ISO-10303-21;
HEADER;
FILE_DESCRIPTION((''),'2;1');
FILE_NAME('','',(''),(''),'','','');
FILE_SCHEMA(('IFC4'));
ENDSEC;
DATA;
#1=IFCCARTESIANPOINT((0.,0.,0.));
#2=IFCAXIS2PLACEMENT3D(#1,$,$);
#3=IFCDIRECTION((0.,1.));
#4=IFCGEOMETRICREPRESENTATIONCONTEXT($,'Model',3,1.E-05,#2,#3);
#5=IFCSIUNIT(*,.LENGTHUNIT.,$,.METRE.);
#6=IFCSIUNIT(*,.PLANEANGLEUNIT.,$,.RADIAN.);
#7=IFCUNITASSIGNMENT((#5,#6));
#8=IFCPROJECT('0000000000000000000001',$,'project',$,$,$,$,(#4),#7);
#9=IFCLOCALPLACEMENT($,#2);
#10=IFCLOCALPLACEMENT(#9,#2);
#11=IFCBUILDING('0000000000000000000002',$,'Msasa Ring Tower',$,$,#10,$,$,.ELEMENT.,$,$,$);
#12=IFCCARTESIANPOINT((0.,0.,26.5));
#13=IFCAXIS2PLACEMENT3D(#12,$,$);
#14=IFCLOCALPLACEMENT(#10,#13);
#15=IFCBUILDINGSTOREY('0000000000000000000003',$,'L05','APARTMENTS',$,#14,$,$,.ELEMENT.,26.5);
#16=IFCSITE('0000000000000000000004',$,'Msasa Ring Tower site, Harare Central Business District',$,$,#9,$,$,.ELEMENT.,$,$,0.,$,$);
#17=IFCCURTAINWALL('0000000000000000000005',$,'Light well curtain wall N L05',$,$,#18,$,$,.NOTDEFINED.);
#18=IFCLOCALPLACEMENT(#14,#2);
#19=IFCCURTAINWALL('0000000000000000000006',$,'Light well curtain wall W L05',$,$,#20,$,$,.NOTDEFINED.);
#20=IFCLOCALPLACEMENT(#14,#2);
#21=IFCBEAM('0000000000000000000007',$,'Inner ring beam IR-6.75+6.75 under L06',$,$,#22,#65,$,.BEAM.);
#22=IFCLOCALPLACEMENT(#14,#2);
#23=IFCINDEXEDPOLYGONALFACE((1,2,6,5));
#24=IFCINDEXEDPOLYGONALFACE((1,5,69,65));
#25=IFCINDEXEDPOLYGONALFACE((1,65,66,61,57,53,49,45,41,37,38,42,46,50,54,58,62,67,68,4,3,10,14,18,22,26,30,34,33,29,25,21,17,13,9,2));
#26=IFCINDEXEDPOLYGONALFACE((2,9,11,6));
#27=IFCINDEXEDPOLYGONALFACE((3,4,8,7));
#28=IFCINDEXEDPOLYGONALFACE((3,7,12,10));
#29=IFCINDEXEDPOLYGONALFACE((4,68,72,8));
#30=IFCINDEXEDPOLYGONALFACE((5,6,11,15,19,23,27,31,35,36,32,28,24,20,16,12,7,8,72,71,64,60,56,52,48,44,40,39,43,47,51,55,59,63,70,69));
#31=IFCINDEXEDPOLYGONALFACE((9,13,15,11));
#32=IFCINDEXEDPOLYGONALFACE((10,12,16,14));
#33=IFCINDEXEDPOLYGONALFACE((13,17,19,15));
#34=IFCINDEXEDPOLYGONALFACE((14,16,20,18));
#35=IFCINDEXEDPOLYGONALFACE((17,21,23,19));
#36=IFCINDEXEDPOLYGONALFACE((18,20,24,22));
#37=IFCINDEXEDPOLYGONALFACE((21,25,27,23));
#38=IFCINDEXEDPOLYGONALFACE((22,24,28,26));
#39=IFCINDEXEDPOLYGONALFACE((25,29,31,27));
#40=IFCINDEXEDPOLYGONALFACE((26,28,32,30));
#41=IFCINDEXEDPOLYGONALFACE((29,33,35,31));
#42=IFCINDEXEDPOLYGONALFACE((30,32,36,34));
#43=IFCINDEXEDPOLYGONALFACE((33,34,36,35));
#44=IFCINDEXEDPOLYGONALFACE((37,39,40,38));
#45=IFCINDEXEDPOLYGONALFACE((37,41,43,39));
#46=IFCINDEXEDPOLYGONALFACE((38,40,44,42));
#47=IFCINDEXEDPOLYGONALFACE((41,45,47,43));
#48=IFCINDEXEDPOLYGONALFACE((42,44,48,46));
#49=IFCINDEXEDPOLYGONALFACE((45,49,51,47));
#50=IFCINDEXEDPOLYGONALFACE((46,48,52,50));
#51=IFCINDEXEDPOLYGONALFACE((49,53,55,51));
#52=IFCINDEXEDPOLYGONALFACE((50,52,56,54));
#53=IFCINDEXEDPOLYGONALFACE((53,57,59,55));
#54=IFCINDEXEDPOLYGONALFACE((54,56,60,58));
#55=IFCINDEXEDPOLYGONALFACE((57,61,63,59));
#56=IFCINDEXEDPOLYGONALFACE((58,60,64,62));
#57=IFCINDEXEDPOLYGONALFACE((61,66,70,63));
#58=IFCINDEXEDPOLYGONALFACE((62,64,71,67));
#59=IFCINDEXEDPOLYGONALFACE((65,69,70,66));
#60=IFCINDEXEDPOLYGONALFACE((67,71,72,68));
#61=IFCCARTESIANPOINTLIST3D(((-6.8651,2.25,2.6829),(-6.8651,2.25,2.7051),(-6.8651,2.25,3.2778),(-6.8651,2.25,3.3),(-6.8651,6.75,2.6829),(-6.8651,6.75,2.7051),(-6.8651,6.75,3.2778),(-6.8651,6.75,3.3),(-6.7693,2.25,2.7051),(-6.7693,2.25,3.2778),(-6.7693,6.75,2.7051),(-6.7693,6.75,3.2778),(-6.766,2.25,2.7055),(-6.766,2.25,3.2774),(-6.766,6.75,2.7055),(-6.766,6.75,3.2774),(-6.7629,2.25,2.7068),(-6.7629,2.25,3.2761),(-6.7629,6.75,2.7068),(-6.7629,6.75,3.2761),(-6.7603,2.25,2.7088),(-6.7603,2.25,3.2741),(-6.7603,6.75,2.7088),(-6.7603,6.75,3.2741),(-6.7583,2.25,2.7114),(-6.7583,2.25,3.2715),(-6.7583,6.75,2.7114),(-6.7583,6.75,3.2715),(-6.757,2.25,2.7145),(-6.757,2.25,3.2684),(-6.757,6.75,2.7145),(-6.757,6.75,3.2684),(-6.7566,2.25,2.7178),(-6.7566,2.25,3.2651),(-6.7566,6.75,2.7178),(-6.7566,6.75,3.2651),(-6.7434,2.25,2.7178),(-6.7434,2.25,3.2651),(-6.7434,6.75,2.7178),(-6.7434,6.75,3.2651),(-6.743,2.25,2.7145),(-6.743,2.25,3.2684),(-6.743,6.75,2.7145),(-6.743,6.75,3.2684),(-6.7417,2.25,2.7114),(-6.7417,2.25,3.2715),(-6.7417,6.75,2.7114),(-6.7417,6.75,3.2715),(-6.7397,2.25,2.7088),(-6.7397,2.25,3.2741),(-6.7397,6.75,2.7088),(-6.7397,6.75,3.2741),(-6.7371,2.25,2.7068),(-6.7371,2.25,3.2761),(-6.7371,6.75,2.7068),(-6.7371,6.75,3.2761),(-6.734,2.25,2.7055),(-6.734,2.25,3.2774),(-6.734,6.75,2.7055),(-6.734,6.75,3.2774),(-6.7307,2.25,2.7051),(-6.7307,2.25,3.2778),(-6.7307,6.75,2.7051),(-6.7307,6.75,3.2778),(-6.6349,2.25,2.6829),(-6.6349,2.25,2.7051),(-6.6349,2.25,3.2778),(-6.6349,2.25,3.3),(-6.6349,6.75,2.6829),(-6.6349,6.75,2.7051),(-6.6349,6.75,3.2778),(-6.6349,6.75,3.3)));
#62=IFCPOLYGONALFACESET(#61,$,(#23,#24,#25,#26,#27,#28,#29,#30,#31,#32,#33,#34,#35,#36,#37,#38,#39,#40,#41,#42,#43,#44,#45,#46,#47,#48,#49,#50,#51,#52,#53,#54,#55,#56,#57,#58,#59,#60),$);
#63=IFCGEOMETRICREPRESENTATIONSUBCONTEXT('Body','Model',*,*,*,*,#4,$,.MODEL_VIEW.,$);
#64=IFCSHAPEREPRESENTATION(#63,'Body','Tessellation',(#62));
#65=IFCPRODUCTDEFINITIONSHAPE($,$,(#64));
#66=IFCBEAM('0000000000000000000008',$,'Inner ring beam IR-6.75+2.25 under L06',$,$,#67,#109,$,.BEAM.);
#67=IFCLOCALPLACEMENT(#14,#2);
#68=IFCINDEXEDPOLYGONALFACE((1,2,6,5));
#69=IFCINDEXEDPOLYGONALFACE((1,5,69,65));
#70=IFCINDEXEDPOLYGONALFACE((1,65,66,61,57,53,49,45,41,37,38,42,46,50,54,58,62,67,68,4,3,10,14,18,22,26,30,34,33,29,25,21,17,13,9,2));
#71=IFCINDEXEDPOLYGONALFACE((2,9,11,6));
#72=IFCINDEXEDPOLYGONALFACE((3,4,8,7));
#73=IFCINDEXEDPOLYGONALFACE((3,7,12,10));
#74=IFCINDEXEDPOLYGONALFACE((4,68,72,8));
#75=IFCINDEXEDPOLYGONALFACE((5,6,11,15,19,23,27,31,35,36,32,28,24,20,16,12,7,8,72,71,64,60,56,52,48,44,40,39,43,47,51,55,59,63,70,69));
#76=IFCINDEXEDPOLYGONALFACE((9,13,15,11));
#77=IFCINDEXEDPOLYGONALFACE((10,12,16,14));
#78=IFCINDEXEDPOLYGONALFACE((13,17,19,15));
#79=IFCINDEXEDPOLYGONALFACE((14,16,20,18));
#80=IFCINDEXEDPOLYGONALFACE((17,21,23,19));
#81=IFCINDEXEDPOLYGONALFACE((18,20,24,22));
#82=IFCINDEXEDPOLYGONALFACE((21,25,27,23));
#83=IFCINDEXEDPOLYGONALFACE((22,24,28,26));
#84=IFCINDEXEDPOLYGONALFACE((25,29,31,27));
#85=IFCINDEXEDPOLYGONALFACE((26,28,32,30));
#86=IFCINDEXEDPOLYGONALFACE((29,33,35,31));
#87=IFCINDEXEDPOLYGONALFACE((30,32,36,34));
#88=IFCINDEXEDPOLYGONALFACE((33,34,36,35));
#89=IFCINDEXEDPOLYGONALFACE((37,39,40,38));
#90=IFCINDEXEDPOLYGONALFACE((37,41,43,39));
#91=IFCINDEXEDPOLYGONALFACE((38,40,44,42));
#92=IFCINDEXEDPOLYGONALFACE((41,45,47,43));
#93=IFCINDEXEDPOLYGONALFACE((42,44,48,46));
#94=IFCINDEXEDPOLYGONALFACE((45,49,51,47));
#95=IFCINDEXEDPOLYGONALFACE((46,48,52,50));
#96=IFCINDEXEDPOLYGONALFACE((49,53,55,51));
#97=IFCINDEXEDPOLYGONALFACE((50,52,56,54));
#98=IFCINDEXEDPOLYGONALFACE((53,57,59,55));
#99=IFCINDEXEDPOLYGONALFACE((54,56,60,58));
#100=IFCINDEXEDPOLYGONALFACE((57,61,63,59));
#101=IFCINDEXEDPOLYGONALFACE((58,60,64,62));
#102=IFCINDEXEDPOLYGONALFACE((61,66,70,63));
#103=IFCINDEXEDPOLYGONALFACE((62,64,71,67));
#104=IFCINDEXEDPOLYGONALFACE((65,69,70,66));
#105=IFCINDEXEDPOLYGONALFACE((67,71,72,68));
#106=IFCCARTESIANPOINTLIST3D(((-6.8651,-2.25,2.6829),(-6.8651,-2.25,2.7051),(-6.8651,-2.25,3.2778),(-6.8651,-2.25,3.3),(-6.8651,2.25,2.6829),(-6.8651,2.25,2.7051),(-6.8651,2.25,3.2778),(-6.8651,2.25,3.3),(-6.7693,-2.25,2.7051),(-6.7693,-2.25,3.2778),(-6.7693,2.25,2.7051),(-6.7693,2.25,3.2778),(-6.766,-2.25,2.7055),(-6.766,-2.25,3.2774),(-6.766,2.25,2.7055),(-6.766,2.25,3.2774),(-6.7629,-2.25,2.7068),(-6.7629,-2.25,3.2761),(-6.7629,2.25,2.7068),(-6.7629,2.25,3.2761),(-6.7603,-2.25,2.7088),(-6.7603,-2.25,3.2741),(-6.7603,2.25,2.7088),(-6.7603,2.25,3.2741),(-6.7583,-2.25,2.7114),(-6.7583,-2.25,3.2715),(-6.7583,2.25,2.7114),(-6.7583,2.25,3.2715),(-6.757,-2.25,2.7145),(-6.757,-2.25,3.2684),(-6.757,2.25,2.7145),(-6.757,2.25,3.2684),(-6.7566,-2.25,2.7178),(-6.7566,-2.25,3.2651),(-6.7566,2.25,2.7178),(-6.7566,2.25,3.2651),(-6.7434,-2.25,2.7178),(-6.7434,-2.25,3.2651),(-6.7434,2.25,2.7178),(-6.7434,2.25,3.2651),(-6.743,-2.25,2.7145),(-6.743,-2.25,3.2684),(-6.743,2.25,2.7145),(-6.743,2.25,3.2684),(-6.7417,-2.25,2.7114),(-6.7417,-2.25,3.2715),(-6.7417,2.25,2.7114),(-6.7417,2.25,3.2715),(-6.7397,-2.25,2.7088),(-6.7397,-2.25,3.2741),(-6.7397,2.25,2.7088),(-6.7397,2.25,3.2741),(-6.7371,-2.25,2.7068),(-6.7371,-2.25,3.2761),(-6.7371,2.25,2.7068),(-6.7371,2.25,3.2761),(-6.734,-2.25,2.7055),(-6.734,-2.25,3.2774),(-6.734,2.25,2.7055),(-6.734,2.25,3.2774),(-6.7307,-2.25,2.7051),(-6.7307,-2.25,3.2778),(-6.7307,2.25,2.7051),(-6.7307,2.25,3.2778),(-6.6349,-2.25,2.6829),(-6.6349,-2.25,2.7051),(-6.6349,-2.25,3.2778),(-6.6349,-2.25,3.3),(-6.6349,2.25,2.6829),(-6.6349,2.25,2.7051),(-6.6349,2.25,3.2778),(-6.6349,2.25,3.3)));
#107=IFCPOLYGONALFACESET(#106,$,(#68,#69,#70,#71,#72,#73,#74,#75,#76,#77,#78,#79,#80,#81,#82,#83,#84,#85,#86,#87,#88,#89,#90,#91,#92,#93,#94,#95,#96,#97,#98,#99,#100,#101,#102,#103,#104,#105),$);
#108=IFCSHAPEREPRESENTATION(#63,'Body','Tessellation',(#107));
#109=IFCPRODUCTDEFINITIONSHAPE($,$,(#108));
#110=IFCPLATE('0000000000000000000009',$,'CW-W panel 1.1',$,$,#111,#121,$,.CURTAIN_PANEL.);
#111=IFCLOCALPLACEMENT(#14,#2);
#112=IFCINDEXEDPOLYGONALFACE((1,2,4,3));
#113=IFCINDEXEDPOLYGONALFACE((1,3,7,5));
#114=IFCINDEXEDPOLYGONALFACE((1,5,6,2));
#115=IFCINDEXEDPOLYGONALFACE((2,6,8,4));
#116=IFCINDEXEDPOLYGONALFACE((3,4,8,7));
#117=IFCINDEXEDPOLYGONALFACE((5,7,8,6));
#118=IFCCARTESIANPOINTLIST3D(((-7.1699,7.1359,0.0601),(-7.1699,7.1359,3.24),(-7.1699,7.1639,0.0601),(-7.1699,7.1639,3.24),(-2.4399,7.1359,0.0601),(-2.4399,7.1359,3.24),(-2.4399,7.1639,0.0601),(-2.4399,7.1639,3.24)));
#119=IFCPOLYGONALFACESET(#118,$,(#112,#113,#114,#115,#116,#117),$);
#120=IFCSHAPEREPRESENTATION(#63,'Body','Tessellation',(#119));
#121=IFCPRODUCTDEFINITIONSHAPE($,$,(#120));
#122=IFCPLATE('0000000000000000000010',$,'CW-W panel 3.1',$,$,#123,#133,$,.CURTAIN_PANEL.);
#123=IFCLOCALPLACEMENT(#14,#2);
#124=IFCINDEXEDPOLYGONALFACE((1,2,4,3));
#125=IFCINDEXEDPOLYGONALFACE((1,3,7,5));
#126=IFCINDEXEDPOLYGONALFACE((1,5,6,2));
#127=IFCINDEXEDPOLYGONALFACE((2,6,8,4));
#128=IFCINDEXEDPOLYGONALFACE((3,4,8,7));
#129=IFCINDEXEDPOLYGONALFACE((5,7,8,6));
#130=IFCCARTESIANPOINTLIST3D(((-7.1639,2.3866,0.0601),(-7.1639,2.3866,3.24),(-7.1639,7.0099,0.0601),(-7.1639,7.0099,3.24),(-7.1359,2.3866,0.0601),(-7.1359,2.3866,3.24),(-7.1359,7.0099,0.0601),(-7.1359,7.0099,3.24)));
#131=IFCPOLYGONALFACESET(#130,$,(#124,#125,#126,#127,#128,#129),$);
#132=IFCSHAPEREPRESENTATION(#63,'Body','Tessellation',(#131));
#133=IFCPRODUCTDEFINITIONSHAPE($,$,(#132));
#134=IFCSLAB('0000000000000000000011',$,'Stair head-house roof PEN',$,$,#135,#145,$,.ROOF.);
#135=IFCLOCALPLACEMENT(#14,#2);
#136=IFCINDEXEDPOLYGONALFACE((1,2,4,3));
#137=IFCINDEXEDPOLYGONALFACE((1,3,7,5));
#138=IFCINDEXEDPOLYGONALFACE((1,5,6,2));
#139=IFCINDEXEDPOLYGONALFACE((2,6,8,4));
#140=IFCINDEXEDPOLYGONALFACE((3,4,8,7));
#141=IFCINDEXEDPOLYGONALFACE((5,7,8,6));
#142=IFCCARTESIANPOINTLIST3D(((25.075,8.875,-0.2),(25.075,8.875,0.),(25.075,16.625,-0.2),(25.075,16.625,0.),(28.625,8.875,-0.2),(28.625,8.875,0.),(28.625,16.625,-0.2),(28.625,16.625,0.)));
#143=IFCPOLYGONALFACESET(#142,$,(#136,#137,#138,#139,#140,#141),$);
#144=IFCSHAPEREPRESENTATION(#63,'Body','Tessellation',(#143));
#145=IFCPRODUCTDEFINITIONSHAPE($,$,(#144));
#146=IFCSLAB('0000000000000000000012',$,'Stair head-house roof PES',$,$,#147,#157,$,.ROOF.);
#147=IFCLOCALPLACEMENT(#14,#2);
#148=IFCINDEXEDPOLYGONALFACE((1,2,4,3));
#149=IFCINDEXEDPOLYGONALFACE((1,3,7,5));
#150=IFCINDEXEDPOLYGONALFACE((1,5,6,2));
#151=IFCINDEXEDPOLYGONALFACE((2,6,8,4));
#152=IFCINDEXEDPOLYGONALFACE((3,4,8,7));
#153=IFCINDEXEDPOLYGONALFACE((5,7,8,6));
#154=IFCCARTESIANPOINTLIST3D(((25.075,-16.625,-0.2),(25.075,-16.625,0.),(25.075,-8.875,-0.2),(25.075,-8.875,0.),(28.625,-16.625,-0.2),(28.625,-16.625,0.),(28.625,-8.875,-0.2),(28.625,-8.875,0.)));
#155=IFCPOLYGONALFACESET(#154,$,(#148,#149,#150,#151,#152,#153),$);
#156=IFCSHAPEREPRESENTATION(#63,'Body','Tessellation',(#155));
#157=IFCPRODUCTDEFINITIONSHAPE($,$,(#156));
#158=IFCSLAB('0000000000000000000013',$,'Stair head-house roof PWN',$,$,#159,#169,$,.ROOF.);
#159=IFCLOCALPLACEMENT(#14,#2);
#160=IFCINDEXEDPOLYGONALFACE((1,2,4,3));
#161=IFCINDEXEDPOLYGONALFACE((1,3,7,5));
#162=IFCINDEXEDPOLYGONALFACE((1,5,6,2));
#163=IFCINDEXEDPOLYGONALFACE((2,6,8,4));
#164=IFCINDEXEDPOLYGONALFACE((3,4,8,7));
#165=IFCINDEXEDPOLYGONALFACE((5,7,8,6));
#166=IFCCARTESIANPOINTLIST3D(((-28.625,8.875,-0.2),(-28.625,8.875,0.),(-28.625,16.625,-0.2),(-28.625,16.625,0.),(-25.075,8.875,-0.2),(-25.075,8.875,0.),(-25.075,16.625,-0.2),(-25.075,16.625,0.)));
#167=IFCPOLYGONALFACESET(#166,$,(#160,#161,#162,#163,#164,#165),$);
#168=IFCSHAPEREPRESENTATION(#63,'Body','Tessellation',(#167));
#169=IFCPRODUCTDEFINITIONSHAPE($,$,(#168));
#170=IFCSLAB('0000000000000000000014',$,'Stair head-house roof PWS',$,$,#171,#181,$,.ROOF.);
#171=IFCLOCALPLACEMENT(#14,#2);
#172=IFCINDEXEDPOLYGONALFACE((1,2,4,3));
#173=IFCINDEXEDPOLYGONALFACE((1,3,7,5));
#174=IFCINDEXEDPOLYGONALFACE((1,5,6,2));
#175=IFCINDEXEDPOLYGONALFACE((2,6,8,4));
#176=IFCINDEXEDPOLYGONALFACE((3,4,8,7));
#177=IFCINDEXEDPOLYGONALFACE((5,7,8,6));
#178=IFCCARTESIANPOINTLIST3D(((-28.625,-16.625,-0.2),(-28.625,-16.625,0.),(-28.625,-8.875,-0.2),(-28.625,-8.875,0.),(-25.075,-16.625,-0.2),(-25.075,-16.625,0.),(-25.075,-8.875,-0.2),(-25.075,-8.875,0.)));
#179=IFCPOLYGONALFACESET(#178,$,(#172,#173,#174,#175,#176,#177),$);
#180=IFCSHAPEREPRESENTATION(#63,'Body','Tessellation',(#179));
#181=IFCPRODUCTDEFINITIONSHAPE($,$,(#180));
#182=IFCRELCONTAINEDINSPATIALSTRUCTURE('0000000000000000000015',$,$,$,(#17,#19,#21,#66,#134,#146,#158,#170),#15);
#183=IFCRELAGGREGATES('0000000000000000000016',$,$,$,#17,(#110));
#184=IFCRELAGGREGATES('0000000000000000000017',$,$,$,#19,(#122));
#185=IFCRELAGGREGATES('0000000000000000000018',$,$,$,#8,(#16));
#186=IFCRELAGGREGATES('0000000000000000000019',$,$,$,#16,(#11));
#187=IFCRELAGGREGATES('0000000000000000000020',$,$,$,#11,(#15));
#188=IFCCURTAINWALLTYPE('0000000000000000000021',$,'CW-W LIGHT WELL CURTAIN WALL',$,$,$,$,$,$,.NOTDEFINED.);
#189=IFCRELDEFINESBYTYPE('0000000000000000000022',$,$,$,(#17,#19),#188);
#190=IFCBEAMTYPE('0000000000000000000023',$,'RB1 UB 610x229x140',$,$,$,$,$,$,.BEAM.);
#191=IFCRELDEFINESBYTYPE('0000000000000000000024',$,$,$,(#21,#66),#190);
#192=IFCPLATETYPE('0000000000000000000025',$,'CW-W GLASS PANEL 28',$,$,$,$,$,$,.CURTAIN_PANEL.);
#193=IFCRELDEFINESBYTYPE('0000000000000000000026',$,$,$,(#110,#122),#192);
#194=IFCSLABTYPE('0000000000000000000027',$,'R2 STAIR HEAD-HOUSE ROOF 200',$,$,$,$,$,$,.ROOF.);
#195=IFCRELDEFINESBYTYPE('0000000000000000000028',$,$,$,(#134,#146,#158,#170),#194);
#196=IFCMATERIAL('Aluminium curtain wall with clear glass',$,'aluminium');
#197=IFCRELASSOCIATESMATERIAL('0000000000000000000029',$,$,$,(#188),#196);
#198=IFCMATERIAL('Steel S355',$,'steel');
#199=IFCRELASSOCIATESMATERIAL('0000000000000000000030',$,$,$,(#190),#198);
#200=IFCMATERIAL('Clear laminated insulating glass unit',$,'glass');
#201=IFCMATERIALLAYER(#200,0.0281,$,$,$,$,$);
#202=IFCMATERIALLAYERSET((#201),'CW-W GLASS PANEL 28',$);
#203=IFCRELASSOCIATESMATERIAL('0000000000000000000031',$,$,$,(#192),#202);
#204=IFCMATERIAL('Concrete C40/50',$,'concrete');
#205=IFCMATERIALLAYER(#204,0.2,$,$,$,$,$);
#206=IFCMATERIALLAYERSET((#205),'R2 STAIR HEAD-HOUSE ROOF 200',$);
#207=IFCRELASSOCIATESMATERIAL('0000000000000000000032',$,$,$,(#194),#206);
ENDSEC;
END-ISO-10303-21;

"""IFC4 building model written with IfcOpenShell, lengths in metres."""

from ifc_helpers import new_model, si_unit, direction, frame, origin, origin_2d, place, context, subcontext, project, spatial, polyline, rectangle, i_section, outline, extrude, material, layer, layer_set, material_profile, profile_set, type_object, element, aggregate, save


model = new_model("IFC4")

# Units and contexts
model_context = context("Model", 3, precision=1e-05, world=origin(), true_north=direction((0.0, 1.0)))
body_context = subcontext(model_context, "Body", "Model", "MODEL_VIEW")
ifc_project = project(units=[si_unit("LENGTHUNIT", "METRE"), si_unit("PLANEANGLEUNIT", "RADIAN")], contexts=[model_context])

# Site, building, storey
site_placement = place(None, origin())
site = spatial("IfcSite", under=ifc_project, at=site_placement, Name="Msasa Ring Tower site, Harare Central Business District", CompositionType="ELEMENT", RefElevation=0.0)
building_placement = place(site_placement, origin())
building = spatial("IfcBuilding", under=site, at=building_placement, Name="Msasa Ring Tower", CompositionType="ELEMENT")
storey_placement = place(building_placement, frame((0.0, 0.0, 26.5)))
storey = spatial("IfcBuildingStorey", under=building, at=storey_placement, Name="L05", Description="APARTMENTS", CompositionType="ELEMENT", Elevation=26.5)

# Curtain wall
ifc_material_1 = material(Name="Aluminium curtain wall with clear glass", Category="aluminium")
curtain_wall_type = type_object("IfcCurtainWallType", Name="CW-W LIGHT WELL CURTAIN WALL", PredefinedType="NOTDEFINED", material=ifc_material_1)
curtain_wall_1_placement = place(storey_placement, origin())
curtain_wall_1 = element("IfcCurtainWall", 1, at=curtain_wall_1_placement, inside=storey, type_object=curtain_wall_type, Name="Light well curtain wall N L05", PredefinedType="NOTDEFINED")

# Curtain wall
curtain_wall_2_placement = place(storey_placement, origin())
curtain_wall_2 = element("IfcCurtainWall", 2, at=curtain_wall_2_placement, inside=storey, type_object=curtain_wall_type, Name="Light well curtain wall W L05", PredefinedType="NOTDEFINED")

# Beams
ifc_material_2 = material(Name="Steel S355", Category="steel")
ifc_material_profile_1 = material_profile(ifc_material_2, i_section(OverallWidth=0.2302, OverallDepth=0.6172, WebThickness=0.0132, FlangeThickness=0.0222, FilletRadius=0.0127, at=origin_2d()), Name="UB 610x229x140")
ifc_profile_set_1 = profile_set([ifc_material_profile_1], Name="Steel S355")
beam_type = type_object("IfcBeamType", Name="RB1 UB 610x229x140", PredefinedType="BEAM", material=ifc_profile_set_1)
for number, where, z_axis, x_axis, name in (
    (3, (-6.75, 6.75, 2.9915), (0.0, -1.0, 0.0), (1.0, 0.0, 0.0), "Inner ring beam IR-6.75+6.75 under L06"),
    (4, (-6.75, 2.25, 2.9915), (0.0, -1.0, 0.0), (1.0, 0.0, 0.0), "Inner ring beam IR-6.75+2.25 under L06"),
):
    element("IfcBeam", number, at=place(storey_placement, frame(where, z_axis=z_axis, x_axis=x_axis)), inside=storey, type_object=beam_type, Name=name, PredefinedType="BEAM", context=body_context, shape_type="SweptSolid", body=[
        extrude(i_section(OverallWidth=0.2302, OverallDepth=0.6172, WebThickness=0.0132, FlangeThickness=0.0222, FilletRadius=0.0127, at=origin_2d()), origin(), (0.0, 0.0, 1.0), 4.5),
    ])

# Plates
ifc_material_3 = material(Name="Clear laminated insulating glass unit", Category="glass")
ifc_layer_1 = layer(ifc_material_3, 0.0281)
ifc_layer_set_1 = layer_set([ifc_layer_1], Name="CW-W GLASS PANEL 28")
plate_type = type_object("IfcPlateType", Name="CW-W GLASS PANEL 28", PredefinedType="CURTAIN_PANEL", material=ifc_layer_set_1)
plate_1_placement = place(storey_placement, frame((-4.8049, 7.1499, 0.0601), z_axis=(0.0, 0.0, 1.0), x_axis=(1.0, 0.0, 0.0)))
plate_1 = element("IfcPlate", 5, at=plate_1_placement, type_object=plate_type, Name="CW-W panel 1.1", PredefinedType="CURTAIN_PANEL", context=body_context, shape_type="SweptSolid", body=[
    extrude(rectangle(XDim=4.73, YDim=0.0281, at=origin_2d()), origin(), (0.0, 0.0, 1.0), 3.1799),
])
aggregate(curtain_wall_1, [plate_1])
plate_2_placement = place(storey_placement, frame((-7.1499, 4.6982, 0.0601), z_axis=(0.0, 0.0, 1.0), x_axis=(0.0, 1.0, 0.0)))
plate_2 = element("IfcPlate", 6, at=plate_2_placement, type_object=plate_type, Name="CW-W panel 3.1", PredefinedType="CURTAIN_PANEL", context=body_context, shape_type="SweptSolid", body=[
    extrude(rectangle(XDim=4.6233, YDim=0.0281, at=origin_2d()), origin(), (0.0, 0.0, 1.0), 3.1799),
])
aggregate(curtain_wall_2, [plate_2])

# Slabs
ifc_material_4 = material(Name="Concrete C40/50", Category="concrete")
ifc_layer_2 = layer(ifc_material_4, 0.2)
ifc_layer_set_2 = layer_set([ifc_layer_2], Name="R2 STAIR HEAD-HOUSE ROOF 200")
slab_type_1 = type_object("IfcSlabType", Name="R2 STAIR HEAD-HOUSE ROOF 200", PredefinedType="ROOF", material=ifc_layer_set_2)
slab_1_placement = place(storey_placement, frame((0.0, 0.0, -0.2)))
element("IfcSlab", 7, at=slab_1_placement, inside=storey, type_object=slab_type_1, Name="Stair head-house roof PEN", PredefinedType="ROOF", context=body_context, shape_type="SweptSolid", body=[
    extrude(outline(polyline([(25.075, 8.875), (28.625, 8.875), (28.625, 16.625), (25.075, 16.625), (25.075, 8.875)])), origin(), (0.0, 0.0, 1.0), 0.2),
])
slab_2_placement = place(storey_placement, frame((0.0, 0.0, -0.2)))
element("IfcSlab", 8, at=slab_2_placement, inside=storey, type_object=slab_type_1, Name="Stair head-house roof PES", PredefinedType="ROOF", context=body_context, shape_type="SweptSolid", body=[
    extrude(outline(polyline([(25.075, -16.625), (28.625, -16.625), (28.625, -8.875), (25.075, -8.875), (25.075, -16.625)])), origin(), (0.0, 0.0, 1.0), 0.2),
])
slab_3_placement = place(storey_placement, frame((0.0, 0.0, -0.2)))
element("IfcSlab", 9, at=slab_3_placement, inside=storey, type_object=slab_type_1, Name="Stair head-house roof PWN", PredefinedType="ROOF", context=body_context, shape_type="SweptSolid", body=[
    extrude(outline(polyline([(-28.625, 8.875), (-25.075, 8.875), (-25.075, 16.625), (-28.625, 16.625), (-28.625, 8.875)])), origin(), (0.0, 0.0, 1.0), 0.2),
])
slab_4_placement = place(storey_placement, frame((0.0, 0.0, -0.2)))
element("IfcSlab", 10, at=slab_4_placement, inside=storey, type_object=slab_type_1, Name="Stair head-house roof PWS", PredefinedType="ROOF", context=body_context, shape_type="SweptSolid", body=[
    extrude(outline(polyline([(-28.625, -16.625), (-25.075, -16.625), (-25.075, -8.875), (-28.625, -8.875), (-28.625, -16.625)])), origin(), (0.0, 0.0, 1.0), 0.2),
])

save(model, "model.ifc")
